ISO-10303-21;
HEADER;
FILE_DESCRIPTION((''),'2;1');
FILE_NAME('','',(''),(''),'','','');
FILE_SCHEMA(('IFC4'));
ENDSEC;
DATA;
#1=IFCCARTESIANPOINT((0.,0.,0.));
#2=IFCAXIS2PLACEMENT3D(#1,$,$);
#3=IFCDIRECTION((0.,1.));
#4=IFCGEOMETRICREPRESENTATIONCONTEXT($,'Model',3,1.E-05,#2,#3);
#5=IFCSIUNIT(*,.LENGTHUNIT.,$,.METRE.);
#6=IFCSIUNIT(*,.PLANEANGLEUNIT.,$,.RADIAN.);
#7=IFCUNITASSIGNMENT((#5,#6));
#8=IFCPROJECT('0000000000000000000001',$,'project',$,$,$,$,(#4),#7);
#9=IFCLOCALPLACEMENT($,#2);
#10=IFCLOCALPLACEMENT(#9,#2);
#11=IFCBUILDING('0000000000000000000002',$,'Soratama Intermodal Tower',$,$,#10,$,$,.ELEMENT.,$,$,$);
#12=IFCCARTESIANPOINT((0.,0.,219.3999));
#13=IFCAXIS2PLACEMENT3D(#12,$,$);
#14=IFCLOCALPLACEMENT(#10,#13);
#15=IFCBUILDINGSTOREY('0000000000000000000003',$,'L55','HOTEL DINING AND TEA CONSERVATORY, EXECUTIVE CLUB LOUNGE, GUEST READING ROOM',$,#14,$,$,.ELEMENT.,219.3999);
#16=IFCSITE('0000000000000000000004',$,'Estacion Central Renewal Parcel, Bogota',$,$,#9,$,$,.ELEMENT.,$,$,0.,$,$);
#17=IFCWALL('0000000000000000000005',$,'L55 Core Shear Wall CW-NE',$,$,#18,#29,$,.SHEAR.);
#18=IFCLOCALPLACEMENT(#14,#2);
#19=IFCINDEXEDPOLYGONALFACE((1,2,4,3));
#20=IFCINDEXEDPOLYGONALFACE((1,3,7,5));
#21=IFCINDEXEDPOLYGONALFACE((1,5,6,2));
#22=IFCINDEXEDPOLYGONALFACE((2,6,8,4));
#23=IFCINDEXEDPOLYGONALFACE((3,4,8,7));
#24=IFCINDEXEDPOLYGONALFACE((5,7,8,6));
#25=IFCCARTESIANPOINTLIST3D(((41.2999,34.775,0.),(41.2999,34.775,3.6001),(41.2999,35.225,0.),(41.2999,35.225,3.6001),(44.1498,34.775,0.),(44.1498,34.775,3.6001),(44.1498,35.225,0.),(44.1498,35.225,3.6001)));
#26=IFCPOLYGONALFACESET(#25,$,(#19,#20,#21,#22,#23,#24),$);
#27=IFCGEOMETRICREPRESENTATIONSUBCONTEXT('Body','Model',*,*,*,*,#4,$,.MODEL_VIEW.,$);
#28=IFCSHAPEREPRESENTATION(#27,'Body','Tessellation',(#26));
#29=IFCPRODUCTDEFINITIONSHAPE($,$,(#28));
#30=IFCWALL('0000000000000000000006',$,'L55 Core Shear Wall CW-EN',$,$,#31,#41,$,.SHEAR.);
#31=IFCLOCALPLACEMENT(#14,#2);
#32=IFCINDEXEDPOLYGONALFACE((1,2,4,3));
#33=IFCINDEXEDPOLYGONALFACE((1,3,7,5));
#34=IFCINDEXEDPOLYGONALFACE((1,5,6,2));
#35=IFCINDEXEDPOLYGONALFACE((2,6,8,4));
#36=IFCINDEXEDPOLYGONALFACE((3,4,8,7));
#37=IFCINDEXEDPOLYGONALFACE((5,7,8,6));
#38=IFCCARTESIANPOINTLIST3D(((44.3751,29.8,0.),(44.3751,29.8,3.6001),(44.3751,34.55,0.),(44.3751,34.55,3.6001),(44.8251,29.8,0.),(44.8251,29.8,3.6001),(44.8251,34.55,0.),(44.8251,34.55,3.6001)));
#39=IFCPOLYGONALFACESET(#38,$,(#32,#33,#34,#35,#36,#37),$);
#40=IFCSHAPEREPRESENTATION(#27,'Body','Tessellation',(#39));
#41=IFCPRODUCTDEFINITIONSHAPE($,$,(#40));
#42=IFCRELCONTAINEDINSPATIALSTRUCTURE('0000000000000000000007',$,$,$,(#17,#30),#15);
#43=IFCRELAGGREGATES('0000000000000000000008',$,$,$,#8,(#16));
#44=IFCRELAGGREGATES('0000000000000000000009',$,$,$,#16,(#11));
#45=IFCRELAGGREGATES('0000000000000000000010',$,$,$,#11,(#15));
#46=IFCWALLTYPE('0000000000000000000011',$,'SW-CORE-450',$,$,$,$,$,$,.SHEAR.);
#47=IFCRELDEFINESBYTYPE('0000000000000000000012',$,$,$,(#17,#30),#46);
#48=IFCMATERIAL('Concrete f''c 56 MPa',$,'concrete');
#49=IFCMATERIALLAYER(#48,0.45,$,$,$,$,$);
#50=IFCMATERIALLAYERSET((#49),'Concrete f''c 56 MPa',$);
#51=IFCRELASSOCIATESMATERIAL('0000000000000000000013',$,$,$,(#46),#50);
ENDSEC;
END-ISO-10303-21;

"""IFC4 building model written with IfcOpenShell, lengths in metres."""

from ifc_helpers import new_model, si_unit, direction, frame, frame_2d, origin, place, context, subcontext, project, spatial, rectangle, extrude, material, layer, layer_set, type_object, element, save


model = new_model("IFC4")

# Units and contexts
model_context = context("Model", 3, precision=1e-05, world=origin(), true_north=direction((0.0, 1.0)))
body_context = subcontext(model_context, "Body", "Model", "MODEL_VIEW")
ifc_project = project(units=[si_unit("LENGTHUNIT", "METRE"), si_unit("PLANEANGLEUNIT", "RADIAN")], contexts=[model_context])

# Site, building, storey
site_placement = place(None, origin())
site = spatial("IfcSite", under=ifc_project, at=site_placement, Name="Estacion Central Renewal Parcel, Bogota", CompositionType="ELEMENT", RefElevation=0.0)
building_placement = place(site_placement, origin())
building = spatial("IfcBuilding", under=site, at=building_placement, Name="Soratama Intermodal Tower", CompositionType="ELEMENT")
storey_placement = place(building_placement, frame((0.0, 0.0, 219.3999)))
storey = spatial("IfcBuildingStorey", under=building, at=storey_placement, Name="L55", Description="HOTEL DINING AND TEA CONSERVATORY, EXECUTIVE CLUB LOUNGE, GUEST READING ROOM", CompositionType="ELEMENT", Elevation=219.3999)

# Walls
ifc_material_1 = material(Name="Concrete f'c 56 MPa", Category="concrete")
ifc_layer_1 = layer(ifc_material_1, 0.45)
ifc_layer_set_1 = layer_set([ifc_layer_1], Name="Concrete f'c 56 MPa")
wall_type_1 = type_object("IfcWallType", Name="SW-CORE-450", PredefinedType="SHEAR", material=ifc_layer_set_1)
wall_1_placement = place(storey_placement, frame((41.3, 35.0, 0.0), z_axis=(0.0, 0.0, 1.0), x_axis=(1.0, 0.0, 0.0)))
element("IfcWall", 1, at=wall_1_placement, inside=storey, type_object=wall_type_1, Name="L55 Core Shear Wall CW-NE", PredefinedType="SHEAR", context=body_context, shape_type="SweptSolid", body=[
    extrude(rectangle(XDim=2.8499, YDim=0.45, at=frame_2d((1.4248, 0.0))), origin(), (0.0, 0.0, 1.0), 3.6001),
])
wall_2_placement = place(storey_placement, frame((44.6001, 29.8, 0.0), z_axis=(0.0, 0.0, 1.0), x_axis=(0.0, 1.0, 0.0)))
element("IfcWall", 2, at=wall_2_placement, inside=storey, type_object=wall_type_1, Name="L55 Core Shear Wall CW-EN", PredefinedType="SHEAR", context=body_context, shape_type="SweptSolid", body=[
    extrude(rectangle(XDim=4.75, YDim=0.45, at=frame_2d((2.375, 0.0))), origin(), (0.0, 0.0, 1.0), 3.6001),
])

save(model, "model.ifc")
